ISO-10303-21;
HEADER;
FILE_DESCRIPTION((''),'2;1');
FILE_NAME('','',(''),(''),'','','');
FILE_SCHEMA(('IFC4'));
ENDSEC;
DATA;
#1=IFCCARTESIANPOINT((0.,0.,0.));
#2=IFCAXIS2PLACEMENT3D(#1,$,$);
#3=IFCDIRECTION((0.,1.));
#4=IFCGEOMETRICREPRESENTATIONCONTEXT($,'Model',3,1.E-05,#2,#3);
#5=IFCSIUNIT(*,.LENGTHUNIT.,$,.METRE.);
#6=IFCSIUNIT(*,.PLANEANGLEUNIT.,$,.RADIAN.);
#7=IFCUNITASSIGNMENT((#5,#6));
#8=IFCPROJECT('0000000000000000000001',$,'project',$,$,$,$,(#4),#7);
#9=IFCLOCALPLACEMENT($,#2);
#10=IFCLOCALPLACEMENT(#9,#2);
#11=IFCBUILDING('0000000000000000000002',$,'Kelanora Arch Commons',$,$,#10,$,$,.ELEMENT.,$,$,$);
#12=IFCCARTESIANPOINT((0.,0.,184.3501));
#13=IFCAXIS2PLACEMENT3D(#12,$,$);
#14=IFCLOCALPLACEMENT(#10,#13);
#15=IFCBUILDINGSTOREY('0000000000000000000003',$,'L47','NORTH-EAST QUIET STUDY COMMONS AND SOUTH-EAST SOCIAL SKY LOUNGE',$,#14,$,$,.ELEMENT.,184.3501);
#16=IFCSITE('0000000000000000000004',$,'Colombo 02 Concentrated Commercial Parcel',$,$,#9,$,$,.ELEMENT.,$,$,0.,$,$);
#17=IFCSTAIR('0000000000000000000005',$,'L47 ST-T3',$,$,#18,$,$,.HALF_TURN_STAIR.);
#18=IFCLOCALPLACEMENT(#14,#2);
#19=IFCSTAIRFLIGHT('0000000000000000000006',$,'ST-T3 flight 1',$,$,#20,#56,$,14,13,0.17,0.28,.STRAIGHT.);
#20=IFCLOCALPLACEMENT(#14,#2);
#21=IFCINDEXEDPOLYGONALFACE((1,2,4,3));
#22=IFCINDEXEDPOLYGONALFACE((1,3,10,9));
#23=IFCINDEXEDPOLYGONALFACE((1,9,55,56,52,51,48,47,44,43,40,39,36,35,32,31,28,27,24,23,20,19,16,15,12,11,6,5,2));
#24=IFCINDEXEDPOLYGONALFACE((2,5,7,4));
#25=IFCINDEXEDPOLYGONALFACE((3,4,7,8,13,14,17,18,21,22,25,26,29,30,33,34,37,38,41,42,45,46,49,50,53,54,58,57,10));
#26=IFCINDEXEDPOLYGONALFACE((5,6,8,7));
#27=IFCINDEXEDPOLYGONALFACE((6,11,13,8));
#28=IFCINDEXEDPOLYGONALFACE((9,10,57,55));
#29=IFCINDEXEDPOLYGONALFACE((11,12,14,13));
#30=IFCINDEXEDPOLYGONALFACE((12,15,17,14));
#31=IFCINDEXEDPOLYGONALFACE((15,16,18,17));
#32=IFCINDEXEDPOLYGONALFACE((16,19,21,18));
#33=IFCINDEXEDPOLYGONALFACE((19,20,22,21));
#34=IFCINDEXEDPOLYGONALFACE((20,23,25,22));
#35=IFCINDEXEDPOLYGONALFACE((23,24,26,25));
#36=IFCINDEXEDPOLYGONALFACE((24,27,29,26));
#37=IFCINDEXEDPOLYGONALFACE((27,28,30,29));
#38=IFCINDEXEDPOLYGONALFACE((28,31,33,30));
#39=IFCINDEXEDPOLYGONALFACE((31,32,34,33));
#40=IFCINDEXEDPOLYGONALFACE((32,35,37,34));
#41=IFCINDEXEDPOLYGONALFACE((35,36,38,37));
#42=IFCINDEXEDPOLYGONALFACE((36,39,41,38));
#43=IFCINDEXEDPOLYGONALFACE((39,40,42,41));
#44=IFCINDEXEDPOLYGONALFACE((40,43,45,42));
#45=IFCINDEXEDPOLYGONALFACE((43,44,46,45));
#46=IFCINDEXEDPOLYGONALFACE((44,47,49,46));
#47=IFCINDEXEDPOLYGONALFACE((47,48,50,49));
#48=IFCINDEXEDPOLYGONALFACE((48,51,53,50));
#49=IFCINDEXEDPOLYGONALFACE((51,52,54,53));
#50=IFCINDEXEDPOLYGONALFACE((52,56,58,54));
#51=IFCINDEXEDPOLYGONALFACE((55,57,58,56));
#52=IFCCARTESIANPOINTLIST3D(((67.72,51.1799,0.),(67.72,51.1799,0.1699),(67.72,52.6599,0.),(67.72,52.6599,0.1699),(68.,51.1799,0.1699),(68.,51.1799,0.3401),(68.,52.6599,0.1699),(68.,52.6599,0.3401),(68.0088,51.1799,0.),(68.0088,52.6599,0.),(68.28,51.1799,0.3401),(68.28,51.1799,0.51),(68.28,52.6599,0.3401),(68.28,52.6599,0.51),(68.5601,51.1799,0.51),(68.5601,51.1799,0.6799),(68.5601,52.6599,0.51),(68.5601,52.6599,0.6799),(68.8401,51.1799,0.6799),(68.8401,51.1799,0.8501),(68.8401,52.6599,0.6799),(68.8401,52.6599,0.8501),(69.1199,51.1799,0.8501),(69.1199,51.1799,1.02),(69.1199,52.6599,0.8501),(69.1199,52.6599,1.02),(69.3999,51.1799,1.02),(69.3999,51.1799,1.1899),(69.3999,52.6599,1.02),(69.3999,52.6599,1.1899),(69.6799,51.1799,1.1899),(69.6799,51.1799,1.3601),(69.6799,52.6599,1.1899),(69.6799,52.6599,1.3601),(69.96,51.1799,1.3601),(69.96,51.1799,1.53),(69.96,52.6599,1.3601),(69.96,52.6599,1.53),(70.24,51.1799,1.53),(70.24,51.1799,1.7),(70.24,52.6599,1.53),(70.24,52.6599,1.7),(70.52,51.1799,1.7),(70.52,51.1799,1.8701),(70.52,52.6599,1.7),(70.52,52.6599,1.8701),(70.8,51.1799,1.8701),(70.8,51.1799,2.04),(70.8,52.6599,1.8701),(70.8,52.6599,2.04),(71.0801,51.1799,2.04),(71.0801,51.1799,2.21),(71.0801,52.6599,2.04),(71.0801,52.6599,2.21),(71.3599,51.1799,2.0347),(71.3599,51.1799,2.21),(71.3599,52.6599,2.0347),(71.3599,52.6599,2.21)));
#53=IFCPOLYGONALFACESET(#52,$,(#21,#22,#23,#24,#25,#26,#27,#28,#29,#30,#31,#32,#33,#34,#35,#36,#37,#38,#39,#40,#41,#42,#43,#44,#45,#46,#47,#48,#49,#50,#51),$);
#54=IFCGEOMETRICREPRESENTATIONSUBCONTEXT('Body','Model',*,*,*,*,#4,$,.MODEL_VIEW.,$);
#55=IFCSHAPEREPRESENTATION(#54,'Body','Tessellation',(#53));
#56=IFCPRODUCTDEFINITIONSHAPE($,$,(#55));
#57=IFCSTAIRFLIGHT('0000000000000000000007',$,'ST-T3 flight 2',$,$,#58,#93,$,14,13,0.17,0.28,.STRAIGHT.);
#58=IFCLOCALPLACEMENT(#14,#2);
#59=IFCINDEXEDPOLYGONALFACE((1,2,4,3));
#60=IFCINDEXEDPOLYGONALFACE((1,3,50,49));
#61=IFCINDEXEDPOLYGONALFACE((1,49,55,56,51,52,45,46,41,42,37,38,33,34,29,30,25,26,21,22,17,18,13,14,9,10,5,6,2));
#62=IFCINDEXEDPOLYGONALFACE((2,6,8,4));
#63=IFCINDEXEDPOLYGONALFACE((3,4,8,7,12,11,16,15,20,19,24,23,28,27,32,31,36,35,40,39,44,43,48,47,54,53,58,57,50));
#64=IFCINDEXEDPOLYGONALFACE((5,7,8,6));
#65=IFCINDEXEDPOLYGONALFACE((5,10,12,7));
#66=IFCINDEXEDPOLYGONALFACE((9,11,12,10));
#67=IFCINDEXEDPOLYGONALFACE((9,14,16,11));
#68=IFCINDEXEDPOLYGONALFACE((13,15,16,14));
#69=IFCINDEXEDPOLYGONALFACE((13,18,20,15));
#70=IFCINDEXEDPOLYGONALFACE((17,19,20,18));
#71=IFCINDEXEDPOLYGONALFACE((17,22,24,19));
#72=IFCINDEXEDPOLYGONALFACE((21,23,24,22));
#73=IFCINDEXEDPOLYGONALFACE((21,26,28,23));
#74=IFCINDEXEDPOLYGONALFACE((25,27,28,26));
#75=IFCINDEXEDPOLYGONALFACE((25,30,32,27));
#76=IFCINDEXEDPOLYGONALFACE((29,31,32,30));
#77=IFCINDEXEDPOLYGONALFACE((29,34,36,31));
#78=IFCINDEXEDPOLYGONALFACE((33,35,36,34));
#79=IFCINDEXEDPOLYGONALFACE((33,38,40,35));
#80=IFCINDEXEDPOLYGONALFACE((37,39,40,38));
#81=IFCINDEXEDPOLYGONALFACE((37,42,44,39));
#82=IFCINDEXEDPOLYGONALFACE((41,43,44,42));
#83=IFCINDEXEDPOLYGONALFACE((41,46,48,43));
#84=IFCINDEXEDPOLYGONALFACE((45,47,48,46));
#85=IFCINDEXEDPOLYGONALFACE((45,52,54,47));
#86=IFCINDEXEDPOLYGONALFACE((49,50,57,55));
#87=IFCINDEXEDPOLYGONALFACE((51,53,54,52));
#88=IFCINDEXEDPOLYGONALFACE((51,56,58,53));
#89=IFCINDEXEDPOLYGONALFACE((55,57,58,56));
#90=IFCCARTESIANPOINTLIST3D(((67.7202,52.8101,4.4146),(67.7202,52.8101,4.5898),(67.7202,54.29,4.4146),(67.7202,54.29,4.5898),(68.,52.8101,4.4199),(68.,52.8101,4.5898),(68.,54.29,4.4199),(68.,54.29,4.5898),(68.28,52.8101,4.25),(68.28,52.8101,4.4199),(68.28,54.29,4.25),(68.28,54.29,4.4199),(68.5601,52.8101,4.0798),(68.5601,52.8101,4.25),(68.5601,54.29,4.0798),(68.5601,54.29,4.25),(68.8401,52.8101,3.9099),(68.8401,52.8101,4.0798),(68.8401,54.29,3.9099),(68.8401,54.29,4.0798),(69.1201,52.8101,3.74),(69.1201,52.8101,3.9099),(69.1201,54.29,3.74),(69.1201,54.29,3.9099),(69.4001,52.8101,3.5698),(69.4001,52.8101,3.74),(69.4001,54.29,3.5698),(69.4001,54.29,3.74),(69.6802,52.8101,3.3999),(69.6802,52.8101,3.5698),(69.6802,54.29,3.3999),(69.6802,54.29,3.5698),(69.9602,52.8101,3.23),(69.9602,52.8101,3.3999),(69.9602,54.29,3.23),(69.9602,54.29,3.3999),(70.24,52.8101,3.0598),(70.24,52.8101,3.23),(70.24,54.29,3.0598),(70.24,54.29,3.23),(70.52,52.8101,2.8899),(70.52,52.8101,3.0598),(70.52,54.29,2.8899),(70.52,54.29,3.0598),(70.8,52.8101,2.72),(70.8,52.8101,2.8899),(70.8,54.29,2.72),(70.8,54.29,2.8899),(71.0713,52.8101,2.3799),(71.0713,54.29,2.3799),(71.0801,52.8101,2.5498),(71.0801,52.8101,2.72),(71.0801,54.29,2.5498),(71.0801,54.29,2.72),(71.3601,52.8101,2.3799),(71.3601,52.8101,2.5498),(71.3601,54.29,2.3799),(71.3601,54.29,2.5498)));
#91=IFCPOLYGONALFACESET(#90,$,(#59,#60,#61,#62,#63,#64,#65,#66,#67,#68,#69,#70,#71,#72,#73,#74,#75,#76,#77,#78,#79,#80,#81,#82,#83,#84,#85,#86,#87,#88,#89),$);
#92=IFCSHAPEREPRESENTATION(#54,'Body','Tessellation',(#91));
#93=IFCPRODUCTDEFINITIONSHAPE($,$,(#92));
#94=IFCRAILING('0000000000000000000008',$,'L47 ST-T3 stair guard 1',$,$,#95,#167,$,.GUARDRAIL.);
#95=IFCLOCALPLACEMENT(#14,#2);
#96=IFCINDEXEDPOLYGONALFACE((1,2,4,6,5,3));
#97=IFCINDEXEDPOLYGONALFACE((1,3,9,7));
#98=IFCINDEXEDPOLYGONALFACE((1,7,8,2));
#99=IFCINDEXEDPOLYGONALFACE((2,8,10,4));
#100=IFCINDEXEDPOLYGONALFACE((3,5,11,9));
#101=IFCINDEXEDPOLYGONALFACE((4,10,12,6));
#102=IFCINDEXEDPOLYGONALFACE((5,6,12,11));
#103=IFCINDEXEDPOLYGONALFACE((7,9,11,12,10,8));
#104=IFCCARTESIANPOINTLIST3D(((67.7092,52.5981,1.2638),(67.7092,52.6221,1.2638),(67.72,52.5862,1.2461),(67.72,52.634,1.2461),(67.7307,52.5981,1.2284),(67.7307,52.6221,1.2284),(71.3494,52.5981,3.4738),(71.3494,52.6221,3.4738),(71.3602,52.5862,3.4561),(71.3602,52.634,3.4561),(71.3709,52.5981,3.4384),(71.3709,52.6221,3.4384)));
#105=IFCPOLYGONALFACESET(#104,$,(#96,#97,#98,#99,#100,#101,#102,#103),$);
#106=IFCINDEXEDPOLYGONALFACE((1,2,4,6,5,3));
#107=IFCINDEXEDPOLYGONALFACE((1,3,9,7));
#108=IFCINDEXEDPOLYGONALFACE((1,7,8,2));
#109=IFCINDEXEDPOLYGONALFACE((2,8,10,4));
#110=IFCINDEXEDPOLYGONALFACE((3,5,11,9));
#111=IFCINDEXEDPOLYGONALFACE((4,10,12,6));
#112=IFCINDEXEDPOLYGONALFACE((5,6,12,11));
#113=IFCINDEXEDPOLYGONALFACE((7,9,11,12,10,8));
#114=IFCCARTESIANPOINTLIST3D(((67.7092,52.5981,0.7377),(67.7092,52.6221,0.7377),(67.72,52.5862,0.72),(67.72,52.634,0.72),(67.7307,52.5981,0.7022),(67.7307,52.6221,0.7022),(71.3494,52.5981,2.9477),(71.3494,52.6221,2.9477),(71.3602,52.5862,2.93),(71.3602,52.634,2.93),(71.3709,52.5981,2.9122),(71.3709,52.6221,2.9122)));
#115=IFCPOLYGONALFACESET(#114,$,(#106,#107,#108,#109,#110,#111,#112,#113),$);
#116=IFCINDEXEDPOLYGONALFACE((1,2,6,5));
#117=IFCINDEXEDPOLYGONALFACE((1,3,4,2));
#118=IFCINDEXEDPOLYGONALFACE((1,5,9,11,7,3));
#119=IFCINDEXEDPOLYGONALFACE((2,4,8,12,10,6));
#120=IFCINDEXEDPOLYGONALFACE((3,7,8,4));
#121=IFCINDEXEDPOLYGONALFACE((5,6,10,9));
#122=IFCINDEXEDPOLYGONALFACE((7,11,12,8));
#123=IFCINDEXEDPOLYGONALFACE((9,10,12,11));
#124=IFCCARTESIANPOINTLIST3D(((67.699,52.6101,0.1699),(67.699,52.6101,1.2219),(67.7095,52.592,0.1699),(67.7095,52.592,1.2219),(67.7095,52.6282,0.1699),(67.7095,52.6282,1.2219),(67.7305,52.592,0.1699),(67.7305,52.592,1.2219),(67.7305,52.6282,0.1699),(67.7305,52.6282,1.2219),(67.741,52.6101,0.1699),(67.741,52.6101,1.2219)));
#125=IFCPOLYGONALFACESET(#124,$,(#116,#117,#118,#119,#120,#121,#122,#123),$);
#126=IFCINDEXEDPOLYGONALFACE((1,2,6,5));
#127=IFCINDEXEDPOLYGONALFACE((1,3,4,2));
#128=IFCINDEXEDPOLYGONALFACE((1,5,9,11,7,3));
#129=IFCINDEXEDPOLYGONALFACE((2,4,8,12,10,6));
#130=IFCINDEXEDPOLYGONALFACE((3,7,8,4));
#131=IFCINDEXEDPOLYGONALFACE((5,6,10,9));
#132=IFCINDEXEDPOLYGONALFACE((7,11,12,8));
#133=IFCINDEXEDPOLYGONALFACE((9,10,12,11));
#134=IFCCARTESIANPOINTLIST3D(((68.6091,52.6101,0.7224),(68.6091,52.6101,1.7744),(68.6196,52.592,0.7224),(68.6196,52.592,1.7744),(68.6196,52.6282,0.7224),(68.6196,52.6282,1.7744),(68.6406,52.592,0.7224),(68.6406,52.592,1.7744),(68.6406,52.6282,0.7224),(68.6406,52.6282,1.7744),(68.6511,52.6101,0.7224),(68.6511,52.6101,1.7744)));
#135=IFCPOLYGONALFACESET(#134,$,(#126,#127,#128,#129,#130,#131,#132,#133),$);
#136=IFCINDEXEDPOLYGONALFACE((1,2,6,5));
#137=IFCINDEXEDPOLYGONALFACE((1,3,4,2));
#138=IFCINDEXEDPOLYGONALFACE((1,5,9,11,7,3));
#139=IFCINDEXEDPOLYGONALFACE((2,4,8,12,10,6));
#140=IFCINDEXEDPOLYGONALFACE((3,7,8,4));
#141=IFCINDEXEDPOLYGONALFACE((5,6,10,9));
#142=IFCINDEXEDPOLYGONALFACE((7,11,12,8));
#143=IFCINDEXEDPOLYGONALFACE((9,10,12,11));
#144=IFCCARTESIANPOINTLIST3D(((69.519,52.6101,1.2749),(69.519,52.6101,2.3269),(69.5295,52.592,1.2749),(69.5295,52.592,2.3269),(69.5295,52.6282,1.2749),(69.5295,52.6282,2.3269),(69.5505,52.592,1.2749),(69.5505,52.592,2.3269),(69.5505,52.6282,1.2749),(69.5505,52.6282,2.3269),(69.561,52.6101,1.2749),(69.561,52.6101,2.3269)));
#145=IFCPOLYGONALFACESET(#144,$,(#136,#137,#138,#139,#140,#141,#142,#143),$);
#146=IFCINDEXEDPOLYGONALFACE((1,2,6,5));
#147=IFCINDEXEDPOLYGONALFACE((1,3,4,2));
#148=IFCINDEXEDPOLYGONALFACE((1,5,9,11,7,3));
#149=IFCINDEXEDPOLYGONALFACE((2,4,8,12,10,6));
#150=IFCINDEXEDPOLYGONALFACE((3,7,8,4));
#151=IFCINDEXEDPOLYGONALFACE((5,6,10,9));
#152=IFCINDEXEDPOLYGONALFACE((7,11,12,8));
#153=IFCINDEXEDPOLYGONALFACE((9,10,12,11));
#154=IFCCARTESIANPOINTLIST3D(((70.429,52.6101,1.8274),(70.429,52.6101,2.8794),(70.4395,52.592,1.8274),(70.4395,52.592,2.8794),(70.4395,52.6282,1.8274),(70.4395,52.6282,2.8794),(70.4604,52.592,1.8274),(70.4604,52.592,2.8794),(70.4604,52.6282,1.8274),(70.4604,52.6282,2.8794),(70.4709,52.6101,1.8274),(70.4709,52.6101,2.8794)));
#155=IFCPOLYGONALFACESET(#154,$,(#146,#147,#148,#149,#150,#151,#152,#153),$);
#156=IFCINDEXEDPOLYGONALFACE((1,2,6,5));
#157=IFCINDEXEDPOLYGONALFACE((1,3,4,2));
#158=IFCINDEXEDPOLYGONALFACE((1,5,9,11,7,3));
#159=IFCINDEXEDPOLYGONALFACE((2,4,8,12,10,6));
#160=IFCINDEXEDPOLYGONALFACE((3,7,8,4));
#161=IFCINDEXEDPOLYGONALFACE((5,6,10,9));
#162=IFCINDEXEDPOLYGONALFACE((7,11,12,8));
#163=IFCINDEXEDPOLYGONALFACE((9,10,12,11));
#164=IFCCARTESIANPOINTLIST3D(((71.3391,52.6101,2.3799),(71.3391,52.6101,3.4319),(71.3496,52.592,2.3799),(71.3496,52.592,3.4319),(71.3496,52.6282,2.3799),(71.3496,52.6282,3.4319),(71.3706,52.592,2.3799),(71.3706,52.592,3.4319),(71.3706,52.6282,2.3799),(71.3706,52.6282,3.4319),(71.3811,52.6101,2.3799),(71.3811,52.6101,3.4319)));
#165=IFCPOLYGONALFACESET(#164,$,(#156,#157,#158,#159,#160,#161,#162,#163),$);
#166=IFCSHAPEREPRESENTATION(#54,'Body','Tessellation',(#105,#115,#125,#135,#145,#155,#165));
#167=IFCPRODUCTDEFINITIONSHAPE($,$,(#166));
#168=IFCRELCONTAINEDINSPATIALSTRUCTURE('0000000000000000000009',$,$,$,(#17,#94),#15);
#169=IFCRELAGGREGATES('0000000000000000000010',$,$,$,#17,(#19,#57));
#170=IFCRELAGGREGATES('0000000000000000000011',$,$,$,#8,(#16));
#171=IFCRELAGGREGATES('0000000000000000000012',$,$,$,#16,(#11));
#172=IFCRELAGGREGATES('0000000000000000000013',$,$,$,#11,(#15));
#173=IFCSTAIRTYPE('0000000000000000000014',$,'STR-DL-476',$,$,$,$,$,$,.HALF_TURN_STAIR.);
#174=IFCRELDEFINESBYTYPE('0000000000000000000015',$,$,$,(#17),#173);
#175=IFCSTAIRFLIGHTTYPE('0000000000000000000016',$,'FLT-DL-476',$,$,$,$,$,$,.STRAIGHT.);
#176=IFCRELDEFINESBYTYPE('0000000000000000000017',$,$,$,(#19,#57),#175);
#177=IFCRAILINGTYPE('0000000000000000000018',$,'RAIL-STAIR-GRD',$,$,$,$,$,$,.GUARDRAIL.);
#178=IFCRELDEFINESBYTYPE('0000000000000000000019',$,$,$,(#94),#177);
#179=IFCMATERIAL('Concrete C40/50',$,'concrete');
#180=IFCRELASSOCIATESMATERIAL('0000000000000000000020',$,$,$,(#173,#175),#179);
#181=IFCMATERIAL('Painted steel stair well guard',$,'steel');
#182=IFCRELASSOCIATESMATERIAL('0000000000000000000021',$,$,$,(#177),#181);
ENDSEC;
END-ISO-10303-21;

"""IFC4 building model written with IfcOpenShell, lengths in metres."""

from ifc_helpers import new_model, si_unit, direction, frame, origin, place, context, subcontext, project, spatial, polyline, outline, extrude, material, type_object, element, aggregate, save


model = new_model("IFC4")

# Units and contexts
model_context = context("Model", 3, precision=1e-05, world=origin(), true_north=direction((0.0, 1.0)))
body_context = subcontext(model_context, "Body", "Model", "MODEL_VIEW")
ifc_project = project(units=[si_unit("LENGTHUNIT", "METRE"), si_unit("PLANEANGLEUNIT", "RADIAN")], contexts=[model_context])

# Site, building, storey
site_placement = place(None, origin())
site = spatial("IfcSite", under=ifc_project, at=site_placement, Name="Colombo 02 Concentrated Commercial Parcel", CompositionType="ELEMENT", RefElevation=0.0)
building_placement = place(site_placement, origin())
building = spatial("IfcBuilding", under=site, at=building_placement, Name="Kelanora Arch Commons", CompositionType="ELEMENT")
storey_placement = place(building_placement, frame((0.0, 0.0, 184.3501)))
storey = spatial("IfcBuildingStorey", under=building, at=storey_placement, Name="L47", Description="NORTH-EAST QUIET STUDY COMMONS AND SOUTH-EAST SOCIAL SKY LOUNGE", CompositionType="ELEMENT", Elevation=184.3501)

# Shared definitions
ifc_material_1 = material(Name="Concrete C40/50", Category="concrete")

# Stair, stair flights
stair_type = type_object("IfcStairType", Name="STR-DL-476", PredefinedType="HALF_TURN_STAIR", material=ifc_material_1)
stair_placement = place(storey_placement, origin())
stair = element("IfcStair", 1, at=stair_placement, inside=storey, type_object=stair_type, Name="L47 ST-T3", PredefinedType="HALF_TURN_STAIR")
stair_flight_type = type_object("IfcStairFlightType", Name="FLT-DL-476", PredefinedType="STRAIGHT", material=ifc_material_1)
stair_flight_1_placement = place(storey_placement, frame((67.72, 51.9199, 0.0), z_axis=(0.0, 0.0, 1.0), x_axis=(1.0, 0.0, 0.0)))
stair_flight_1 = element("IfcStairFlight", 2, at=stair_flight_1_placement, type_object=stair_flight_type, Name="ST-T3 flight 1", NumberOfRisers=14, NumberOfTreads=13, PredefinedType="STRAIGHT", RiserHeight=0.17, TreadLength=0.28, context=body_context, shape_type="SweptSolid", body=[
    extrude(outline(polyline([(0.0, 0.0), (0.0, 0.1699), (0.28, 0.1699), (0.28, 0.3401), (0.5601, 0.3401), (0.5601, 0.51), (0.8401, 0.51), (0.8401, 0.6799), (1.1201, 0.6799), (1.1201, 0.8501), (1.3999, 0.8501), (1.3999, 1.02), (1.6799, 1.02), (1.6799, 1.1899), (1.96, 1.1899), (1.96, 1.3601), (2.24, 1.3601), (2.24, 1.53), (2.52, 1.53), (2.52, 1.7), (2.8, 1.7), (2.8, 1.8701), (3.0801, 1.8701), (3.0801, 2.04), (3.3601, 2.04), (3.3601, 2.21), (3.6399, 2.21), (3.6399, 2.3799), (3.6399, 2.0347), (0.2888, 0.0), (0.0, 0.0)])), frame((0.0, 0.74, 0.0), z_axis=(0.0, -1.0, 0.0), x_axis=(1.0, 0.0, 0.0)), (0.0, 0.0, 1.0), 1.48),
])
stair_flight_2_placement = place(storey_placement, frame((71.3601, 53.55, 2.3799), z_axis=(0.0, 0.0, 1.0), x_axis=(-1.0, 0.0, 0.0)))
stair_flight_2 = element("IfcStairFlight", 3, at=stair_flight_2_placement, type_object=stair_flight_type, Name="ST-T3 flight 2", NumberOfRisers=14, NumberOfTreads=13, PredefinedType="STRAIGHT", RiserHeight=0.17, TreadLength=0.28, context=body_context, shape_type="SweptSolid", body=[
    extrude(outline(polyline([(0.0, 0.0), (0.0, 0.1699), (0.28, 0.1699), (0.28, 0.3401), (0.5601, 0.3401), (0.5601, 0.51), (0.8401, 0.51), (0.8401, 0.6799), (1.1201, 0.6799), (1.1201, 0.8501), (1.3999, 0.8501), (1.3999, 1.02), (1.6799, 1.02), (1.6799, 1.1899), (1.96, 1.1899), (1.96, 1.3601), (2.24, 1.3601), (2.24, 1.53), (2.52, 1.53), (2.52, 1.7), (2.8, 1.7), (2.8, 1.8701), (3.0801, 1.8701), (3.0801, 2.04), (3.3601, 2.04), (3.3601, 2.21), (3.6399, 2.21), (3.6399, 2.3799), (3.6399, 2.0347), (0.2888, 0.0), (0.0, 0.0)])), frame((0.0, 0.74, 0.0), z_axis=(0.0, -1.0, 0.0), x_axis=(1.0, 0.0, 0.0)), (0.0, 0.0, 1.0), 1.48),
])
aggregate(stair, [stair_flight_1, stair_flight_2])

# Railing
ifc_material_2 = material(Name="Painted steel stair well guard", Category="steel")
railing_type_1 = type_object("IfcRailingType", Name="RAIL-STAIR-GRD", PredefinedType="GUARDRAIL", material=ifc_material_2)
railing_1_placement = place(storey_placement, frame((67.72, 52.6101, 0.1699)))
element("IfcRailing", 4, at=railing_1_placement, inside=storey, type_object=railing_type_1, Name="L47 ST-T3 stair guard 1", PredefinedType="GUARDRAIL", context=body_context, shape_type="SweptSolid", body=[
    extrude(outline(polyline([(0.0239, 0.0), (0.012, 0.0208), (-0.012, 0.0208), (-0.0239, 0.0), (-0.012, -0.0208), (0.012, -0.0208), (0.0239, 0.0)])), frame((0.0, 0.0, 1.0762), z_axis=(0.8548, 0.0, 0.518957), x_axis=(0.0, 1.0, 0.0)), (0.0, 0.0, 1.0), 4.2585),
    extrude(outline(polyline([(0.0239, 0.0), (0.012, 0.0208), (-0.012, 0.0208), (-0.0239, 0.0), (-0.012, -0.0208), (0.012, -0.0208), (0.0239, 0.0)])), frame((0.0, 0.0, 0.55), z_axis=(0.8548, 0.0, 0.518957), x_axis=(0.0, 1.0, 0.0)), (0.0, 0.0, 1.0), 4.2585),
    extrude(outline(polyline([(0.021, 0.0), (0.0105, 0.0181), (-0.0105, 0.0181), (-0.021, 0.0), (-0.0105, -0.0181), (0.0105, -0.0181), (0.021, 0.0)])), origin(), (0.0, 0.0, 1.0), 1.052),
    extrude(outline(polyline([(0.021, 0.0), (0.0105, 0.0181), (-0.0105, 0.0181), (-0.021, 0.0), (-0.0105, -0.0181), (0.0105, -0.0181), (0.021, 0.0)])), frame((0.9102, 0.0, 0.5525)), (0.0, 0.0, 1.0), 1.052),
    extrude(outline(polyline([(0.021, 0.0), (0.0105, 0.0181), (-0.0105, 0.0181), (-0.021, 0.0), (-0.0105, -0.0181), (0.0105, -0.0181), (0.021, 0.0)])), frame((1.8201, 0.0, 1.105)), (0.0, 0.0, 1.0), 1.052),
    extrude(outline(polyline([(0.021, 0.0), (0.0105, 0.0181), (-0.0105, 0.0181), (-0.021, 0.0), (-0.0105, -0.0181), (0.0105, -0.0181), (0.021, 0.0)])), frame((2.73, 0.0, 1.6575)), (0.0, 0.0, 1.0), 1.052),
    extrude(outline(polyline([(0.021, 0.0), (0.0105, 0.0181), (-0.0105, 0.0181), (-0.021, 0.0), (-0.0105, -0.0181), (0.0105, -0.0181), (0.021, 0.0)])), frame((3.6401, 0.0, 2.21)), (0.0, 0.0, 1.0), 1.052),
])

save(model, "model.ifc")
